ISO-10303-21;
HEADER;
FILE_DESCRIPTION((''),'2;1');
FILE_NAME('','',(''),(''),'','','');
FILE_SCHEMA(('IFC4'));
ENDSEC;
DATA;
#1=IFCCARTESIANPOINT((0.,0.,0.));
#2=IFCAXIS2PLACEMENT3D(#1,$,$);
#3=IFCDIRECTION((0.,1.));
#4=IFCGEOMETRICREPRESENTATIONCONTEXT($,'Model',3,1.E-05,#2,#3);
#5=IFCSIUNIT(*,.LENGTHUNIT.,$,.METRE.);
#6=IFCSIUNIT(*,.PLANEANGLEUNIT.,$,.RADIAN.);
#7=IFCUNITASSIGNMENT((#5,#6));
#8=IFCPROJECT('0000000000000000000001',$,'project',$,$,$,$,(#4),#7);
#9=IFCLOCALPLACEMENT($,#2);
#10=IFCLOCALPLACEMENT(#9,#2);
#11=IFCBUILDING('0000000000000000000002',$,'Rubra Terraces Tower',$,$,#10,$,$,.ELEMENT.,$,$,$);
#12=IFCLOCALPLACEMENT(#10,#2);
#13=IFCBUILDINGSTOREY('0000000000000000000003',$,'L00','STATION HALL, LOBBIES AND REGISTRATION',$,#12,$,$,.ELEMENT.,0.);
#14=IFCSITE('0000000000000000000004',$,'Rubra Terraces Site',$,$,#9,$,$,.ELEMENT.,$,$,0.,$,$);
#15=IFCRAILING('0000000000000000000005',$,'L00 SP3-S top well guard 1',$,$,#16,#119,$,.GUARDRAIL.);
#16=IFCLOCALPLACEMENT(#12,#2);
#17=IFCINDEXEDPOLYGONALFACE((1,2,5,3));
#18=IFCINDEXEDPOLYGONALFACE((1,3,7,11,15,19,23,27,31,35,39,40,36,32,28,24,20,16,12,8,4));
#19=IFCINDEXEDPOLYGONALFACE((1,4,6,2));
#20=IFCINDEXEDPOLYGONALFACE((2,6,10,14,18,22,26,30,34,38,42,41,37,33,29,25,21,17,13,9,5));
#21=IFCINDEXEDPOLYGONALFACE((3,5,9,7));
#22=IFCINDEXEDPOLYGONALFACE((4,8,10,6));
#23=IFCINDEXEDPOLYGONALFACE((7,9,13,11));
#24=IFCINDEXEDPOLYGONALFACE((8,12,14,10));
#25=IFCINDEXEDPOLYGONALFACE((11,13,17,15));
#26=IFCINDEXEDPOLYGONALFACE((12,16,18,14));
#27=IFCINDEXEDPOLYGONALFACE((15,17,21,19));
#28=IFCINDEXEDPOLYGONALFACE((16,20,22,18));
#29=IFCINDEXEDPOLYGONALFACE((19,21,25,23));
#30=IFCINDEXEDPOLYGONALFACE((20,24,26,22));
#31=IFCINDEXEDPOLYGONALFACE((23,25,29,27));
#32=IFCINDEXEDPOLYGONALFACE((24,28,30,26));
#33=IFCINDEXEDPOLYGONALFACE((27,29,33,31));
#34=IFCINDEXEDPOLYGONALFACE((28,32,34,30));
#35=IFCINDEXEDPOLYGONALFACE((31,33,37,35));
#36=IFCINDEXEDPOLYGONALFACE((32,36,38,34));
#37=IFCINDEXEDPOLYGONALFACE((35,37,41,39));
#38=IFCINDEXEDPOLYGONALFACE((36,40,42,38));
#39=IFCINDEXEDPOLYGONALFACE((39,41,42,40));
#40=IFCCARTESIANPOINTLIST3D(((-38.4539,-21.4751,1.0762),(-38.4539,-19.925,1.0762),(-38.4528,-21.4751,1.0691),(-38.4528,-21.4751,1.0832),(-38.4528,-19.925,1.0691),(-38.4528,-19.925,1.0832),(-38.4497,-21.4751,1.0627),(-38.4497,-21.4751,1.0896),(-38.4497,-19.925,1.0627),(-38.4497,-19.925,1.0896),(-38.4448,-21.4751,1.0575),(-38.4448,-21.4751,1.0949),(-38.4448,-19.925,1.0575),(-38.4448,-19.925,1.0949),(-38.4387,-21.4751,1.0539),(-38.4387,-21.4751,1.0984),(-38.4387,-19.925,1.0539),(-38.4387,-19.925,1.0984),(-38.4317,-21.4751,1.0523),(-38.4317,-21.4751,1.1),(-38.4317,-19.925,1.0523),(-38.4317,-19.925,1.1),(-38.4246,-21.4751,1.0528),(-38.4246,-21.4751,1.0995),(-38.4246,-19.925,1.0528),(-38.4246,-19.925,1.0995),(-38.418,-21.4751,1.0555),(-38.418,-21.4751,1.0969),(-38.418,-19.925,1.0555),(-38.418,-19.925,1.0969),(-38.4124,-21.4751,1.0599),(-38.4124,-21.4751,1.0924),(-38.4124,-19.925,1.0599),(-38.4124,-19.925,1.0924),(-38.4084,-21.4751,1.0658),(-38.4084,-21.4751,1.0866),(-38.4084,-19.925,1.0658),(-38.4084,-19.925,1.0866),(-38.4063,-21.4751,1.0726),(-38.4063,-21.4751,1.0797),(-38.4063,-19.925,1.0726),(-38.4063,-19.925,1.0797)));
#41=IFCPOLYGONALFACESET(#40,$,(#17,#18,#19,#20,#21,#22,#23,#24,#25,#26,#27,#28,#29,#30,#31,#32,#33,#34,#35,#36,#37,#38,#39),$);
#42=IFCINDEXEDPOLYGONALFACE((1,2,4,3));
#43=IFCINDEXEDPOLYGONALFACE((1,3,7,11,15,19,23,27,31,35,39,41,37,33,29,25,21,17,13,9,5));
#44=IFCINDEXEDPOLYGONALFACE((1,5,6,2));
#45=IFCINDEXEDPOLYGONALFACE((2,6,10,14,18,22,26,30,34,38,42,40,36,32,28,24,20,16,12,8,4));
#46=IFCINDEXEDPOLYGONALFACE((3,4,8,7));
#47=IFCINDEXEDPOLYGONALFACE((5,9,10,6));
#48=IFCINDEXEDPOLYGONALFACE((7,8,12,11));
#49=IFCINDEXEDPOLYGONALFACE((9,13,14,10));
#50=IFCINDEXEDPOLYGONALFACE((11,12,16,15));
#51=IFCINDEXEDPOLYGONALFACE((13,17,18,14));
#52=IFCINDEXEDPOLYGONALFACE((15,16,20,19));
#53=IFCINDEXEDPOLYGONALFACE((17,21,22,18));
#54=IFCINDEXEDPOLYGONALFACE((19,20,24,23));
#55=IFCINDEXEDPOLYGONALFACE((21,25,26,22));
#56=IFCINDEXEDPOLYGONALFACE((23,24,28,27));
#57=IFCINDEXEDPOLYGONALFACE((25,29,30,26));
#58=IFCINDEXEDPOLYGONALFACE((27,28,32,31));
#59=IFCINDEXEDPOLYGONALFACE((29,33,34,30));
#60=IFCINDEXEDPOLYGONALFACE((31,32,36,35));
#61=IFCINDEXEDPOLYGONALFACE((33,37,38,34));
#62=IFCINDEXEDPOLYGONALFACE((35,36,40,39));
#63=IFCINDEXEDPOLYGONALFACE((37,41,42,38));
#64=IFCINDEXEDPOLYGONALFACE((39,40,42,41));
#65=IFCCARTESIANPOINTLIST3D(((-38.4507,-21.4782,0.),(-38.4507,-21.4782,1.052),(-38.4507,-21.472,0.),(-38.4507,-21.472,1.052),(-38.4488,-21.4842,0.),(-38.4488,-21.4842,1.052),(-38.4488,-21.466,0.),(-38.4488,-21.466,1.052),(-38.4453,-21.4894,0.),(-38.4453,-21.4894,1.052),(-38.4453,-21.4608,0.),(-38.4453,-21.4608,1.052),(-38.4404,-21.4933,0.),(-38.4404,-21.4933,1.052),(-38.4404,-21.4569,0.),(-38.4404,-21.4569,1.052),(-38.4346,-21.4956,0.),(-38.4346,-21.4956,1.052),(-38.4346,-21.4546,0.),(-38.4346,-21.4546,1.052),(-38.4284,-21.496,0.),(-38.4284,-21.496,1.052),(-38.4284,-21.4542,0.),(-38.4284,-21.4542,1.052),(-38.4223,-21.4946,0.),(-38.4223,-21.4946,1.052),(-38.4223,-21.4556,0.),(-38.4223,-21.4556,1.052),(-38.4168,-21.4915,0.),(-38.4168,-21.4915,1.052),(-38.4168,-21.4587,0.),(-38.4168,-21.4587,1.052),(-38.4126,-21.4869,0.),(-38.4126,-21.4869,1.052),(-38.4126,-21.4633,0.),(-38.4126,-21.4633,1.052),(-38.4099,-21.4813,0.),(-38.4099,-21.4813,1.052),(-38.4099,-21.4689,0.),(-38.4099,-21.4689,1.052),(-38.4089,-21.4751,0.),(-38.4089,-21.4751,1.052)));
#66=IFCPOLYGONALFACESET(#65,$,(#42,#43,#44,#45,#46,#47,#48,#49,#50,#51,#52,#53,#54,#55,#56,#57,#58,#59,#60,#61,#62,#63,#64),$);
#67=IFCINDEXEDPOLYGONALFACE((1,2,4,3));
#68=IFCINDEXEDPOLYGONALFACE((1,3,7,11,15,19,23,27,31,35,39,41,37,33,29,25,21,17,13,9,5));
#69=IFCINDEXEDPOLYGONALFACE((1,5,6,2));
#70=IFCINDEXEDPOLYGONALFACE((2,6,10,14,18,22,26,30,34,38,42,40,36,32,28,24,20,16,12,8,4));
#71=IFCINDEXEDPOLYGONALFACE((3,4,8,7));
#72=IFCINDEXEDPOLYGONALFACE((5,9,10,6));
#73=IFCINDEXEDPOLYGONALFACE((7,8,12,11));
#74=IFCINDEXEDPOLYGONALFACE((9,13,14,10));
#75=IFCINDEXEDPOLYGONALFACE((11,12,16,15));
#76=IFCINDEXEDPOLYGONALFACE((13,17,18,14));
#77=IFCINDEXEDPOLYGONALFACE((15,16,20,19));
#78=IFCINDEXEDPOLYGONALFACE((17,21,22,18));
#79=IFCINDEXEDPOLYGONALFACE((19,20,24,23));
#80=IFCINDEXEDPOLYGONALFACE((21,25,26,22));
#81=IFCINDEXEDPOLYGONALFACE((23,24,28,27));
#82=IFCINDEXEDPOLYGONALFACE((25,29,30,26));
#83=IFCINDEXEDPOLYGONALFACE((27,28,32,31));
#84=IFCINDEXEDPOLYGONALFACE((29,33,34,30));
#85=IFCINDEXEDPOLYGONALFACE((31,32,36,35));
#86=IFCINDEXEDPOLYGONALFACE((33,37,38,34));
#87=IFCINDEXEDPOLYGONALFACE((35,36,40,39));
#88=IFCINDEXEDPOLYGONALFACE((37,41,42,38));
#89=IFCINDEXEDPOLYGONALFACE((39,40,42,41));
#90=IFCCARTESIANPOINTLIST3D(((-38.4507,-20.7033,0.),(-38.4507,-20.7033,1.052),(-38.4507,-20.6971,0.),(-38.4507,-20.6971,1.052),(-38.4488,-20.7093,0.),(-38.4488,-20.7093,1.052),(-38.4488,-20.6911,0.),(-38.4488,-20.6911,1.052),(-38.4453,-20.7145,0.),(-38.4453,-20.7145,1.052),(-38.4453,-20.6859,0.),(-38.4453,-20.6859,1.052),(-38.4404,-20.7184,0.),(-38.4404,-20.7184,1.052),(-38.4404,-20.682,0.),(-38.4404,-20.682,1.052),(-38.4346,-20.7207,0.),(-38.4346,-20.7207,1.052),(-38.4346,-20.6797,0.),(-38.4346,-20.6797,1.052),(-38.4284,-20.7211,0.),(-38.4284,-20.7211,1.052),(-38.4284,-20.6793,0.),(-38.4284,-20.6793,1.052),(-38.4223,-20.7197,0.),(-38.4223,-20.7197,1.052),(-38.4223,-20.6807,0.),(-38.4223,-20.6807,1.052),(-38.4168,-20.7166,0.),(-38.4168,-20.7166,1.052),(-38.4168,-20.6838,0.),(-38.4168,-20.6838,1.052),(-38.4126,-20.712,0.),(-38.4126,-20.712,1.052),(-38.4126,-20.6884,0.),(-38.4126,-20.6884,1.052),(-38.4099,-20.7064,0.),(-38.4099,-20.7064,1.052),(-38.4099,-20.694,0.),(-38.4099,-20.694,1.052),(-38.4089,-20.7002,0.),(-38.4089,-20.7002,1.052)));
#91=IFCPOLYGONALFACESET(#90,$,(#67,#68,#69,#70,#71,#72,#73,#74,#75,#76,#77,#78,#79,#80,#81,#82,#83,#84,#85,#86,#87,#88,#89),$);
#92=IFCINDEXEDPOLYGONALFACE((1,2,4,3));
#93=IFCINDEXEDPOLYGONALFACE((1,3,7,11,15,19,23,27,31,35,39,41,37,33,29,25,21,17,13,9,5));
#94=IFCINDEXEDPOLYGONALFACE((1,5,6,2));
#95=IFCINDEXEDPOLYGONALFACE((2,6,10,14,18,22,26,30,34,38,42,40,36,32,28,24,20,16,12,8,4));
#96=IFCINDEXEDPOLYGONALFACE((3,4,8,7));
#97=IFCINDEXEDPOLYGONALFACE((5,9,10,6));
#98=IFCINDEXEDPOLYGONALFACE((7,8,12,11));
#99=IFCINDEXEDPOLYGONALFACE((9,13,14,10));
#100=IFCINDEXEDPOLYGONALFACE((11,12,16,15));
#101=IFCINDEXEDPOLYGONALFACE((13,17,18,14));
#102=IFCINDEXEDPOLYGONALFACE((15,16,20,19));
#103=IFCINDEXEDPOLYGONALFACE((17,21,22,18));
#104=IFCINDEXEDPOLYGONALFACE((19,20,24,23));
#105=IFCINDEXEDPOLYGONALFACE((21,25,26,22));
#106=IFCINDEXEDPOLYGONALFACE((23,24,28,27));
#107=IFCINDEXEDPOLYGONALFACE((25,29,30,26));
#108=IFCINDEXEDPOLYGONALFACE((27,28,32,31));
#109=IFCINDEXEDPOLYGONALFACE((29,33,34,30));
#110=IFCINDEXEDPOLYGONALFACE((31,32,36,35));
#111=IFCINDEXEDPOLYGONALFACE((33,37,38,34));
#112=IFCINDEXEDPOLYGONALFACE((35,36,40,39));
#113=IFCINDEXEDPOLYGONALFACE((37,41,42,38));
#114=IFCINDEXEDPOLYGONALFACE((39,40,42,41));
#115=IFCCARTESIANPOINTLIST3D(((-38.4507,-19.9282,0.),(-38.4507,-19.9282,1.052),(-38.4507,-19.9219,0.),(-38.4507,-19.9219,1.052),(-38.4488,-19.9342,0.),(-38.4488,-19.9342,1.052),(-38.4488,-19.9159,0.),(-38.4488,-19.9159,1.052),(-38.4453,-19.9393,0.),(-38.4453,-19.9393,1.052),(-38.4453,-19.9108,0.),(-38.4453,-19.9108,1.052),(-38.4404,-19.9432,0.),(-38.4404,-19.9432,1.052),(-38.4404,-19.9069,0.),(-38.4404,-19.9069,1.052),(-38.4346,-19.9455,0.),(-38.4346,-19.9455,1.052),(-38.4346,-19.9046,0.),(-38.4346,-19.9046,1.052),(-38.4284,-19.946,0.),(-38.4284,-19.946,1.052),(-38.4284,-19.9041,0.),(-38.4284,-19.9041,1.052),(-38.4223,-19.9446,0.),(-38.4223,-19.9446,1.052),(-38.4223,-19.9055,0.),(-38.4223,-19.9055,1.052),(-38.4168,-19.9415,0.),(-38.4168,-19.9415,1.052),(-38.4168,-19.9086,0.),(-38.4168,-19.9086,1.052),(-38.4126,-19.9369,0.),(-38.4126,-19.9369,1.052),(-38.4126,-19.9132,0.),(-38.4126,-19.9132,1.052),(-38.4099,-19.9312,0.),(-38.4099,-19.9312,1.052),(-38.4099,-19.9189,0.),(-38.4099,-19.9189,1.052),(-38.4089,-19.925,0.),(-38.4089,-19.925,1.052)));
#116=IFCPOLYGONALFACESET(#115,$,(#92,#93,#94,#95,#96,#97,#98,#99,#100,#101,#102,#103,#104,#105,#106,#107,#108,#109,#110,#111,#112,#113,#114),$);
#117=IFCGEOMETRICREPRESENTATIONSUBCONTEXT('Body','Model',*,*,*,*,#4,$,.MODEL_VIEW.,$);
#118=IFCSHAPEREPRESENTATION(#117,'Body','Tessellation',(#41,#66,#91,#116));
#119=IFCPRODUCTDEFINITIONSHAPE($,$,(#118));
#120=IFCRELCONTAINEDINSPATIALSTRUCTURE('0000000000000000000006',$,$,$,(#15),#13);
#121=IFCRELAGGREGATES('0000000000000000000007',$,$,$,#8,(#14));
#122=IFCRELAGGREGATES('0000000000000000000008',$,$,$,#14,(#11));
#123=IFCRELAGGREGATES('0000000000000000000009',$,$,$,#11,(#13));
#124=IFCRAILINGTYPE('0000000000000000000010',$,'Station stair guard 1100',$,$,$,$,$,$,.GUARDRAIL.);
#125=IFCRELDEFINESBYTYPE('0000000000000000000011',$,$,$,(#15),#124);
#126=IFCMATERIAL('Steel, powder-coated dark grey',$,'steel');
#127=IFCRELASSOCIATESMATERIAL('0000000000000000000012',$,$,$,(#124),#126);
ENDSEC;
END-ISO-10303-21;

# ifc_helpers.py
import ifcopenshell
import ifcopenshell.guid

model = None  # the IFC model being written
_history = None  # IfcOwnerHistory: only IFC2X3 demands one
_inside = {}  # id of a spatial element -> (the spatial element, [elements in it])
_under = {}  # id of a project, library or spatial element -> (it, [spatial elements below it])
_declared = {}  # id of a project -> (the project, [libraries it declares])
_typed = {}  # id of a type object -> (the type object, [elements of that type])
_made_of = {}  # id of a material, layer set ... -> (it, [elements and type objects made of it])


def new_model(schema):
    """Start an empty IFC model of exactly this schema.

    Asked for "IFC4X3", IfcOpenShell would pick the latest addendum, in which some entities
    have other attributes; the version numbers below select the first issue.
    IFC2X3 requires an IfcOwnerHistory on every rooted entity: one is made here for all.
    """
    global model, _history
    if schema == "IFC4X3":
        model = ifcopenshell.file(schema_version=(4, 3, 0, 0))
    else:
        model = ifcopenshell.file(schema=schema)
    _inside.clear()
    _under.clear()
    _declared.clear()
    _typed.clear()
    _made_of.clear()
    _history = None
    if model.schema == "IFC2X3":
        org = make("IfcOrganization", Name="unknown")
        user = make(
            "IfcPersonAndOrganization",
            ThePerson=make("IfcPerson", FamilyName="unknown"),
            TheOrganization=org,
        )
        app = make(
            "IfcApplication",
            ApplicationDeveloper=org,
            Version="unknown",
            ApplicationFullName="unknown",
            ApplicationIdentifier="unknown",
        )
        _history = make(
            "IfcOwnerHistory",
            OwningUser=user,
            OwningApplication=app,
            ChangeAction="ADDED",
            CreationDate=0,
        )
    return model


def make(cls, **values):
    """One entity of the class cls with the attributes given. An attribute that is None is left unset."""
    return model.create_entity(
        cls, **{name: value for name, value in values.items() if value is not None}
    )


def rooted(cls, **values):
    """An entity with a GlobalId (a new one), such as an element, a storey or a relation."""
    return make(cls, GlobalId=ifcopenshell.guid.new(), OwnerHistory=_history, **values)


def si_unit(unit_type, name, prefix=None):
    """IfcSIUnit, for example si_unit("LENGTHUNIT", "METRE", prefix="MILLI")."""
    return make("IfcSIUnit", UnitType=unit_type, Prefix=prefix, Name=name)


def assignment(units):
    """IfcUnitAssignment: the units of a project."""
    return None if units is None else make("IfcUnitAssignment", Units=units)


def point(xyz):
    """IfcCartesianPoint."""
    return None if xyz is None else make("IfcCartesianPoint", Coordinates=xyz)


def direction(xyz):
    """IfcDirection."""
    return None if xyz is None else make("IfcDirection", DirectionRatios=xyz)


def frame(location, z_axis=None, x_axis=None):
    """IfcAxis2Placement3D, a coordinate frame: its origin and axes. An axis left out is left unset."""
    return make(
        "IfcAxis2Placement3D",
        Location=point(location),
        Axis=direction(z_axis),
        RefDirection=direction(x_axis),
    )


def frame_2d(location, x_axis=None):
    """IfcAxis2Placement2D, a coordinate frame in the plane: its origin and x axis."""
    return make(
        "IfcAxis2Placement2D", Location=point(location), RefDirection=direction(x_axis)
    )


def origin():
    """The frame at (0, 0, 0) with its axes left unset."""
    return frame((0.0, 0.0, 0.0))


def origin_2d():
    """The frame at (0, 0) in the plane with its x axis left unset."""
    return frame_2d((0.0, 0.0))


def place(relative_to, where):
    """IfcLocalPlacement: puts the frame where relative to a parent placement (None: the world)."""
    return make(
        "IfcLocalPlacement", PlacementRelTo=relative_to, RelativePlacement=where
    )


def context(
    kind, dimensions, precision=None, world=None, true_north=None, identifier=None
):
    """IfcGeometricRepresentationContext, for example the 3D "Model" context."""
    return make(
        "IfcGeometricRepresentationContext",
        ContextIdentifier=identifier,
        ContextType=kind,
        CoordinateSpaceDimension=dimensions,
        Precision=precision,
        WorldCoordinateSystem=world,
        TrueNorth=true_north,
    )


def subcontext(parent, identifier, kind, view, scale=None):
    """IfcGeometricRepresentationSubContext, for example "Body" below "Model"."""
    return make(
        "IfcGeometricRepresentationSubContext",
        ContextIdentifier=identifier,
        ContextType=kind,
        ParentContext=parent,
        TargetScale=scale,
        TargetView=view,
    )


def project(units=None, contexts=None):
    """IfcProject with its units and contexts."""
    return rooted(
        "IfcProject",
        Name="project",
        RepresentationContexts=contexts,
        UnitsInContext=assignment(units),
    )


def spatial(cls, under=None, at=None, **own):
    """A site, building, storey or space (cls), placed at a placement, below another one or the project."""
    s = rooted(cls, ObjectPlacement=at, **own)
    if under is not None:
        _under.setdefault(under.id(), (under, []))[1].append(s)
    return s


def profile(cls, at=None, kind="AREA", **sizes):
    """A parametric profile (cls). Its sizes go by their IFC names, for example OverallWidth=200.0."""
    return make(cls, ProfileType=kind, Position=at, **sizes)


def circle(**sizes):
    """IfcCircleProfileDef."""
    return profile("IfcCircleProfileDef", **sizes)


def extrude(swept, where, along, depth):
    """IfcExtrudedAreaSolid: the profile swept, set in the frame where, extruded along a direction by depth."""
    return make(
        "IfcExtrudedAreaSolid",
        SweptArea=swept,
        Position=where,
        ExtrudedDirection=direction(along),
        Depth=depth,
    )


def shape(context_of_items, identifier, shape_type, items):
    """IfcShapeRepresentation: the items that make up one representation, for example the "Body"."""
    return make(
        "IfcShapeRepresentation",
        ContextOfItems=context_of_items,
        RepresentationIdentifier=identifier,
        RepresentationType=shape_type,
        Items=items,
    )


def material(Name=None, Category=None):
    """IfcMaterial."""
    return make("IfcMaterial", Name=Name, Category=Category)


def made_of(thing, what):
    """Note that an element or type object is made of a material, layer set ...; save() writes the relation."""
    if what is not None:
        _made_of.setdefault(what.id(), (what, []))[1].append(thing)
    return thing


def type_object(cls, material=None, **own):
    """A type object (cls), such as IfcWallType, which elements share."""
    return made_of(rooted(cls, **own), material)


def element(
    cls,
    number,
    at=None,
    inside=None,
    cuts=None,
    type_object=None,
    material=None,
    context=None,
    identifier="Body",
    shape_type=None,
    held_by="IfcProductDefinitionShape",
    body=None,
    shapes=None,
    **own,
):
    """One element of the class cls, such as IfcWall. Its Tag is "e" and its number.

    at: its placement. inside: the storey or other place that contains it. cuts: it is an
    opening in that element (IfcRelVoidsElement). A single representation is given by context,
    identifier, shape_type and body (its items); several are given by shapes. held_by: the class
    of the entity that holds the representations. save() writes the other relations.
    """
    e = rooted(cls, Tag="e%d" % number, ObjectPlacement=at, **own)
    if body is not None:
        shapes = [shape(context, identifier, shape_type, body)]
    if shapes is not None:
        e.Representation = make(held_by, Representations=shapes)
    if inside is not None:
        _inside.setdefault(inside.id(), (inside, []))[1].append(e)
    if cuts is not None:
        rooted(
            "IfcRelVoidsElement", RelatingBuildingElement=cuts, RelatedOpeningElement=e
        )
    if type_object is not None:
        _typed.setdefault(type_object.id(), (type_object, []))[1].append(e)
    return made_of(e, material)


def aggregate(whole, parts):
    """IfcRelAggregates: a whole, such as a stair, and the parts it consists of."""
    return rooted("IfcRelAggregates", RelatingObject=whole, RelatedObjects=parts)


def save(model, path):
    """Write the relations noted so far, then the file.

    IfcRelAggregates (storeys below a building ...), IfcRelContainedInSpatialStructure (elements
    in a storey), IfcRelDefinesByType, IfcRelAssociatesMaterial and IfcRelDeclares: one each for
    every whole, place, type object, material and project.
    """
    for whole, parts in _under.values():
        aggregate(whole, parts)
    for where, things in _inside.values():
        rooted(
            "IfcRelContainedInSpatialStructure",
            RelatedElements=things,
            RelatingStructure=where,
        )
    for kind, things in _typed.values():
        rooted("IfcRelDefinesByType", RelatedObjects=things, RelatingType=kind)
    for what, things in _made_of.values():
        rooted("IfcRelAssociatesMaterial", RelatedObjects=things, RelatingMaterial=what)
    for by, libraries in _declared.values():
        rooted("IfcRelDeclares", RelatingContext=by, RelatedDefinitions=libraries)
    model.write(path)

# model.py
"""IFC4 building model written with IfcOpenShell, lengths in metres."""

from ifc_helpers import new_model, si_unit, direction, frame, origin, origin_2d, place, context, subcontext, project, spatial, circle, extrude, material, type_object, element, save


model = new_model("IFC4")

# Units and contexts
model_context = context("Model", 3, precision=1e-05, world=origin(), true_north=direction((0.0, 1.0)))
body_context = subcontext(model_context, "Body", "Model", "MODEL_VIEW")
ifc_project = project(units=[si_unit("LENGTHUNIT", "METRE"), si_unit("PLANEANGLEUNIT", "RADIAN")], contexts=[model_context])

# Site, building, storey
site_placement = place(None, origin())
site = spatial("IfcSite", under=ifc_project, at=site_placement, Name="Rubra Terraces Site", CompositionType="ELEMENT", RefElevation=0.0)
building_placement = place(site_placement, origin())
building = spatial("IfcBuilding", under=site, at=building_placement, Name="Rubra Terraces Tower", CompositionType="ELEMENT")
storey_placement = place(building_placement, origin())
storey = spatial("IfcBuildingStorey", under=building, at=storey_placement, Name="L00", Description="STATION HALL, LOBBIES AND REGISTRATION", CompositionType="ELEMENT", Elevation=0.0)

# Railing
ifc_material_1 = material(Name="Steel, powder-coated dark grey", Category="steel")
railing_type_1 = type_object("IfcRailingType", Name="Station stair guard 1100", PredefinedType="GUARDRAIL", material=ifc_material_1)
railing_1_placement = place(storey_placement, frame((-38.4299, -21.4751, 0.0)))
element("IfcRailing", 1, at=railing_1_placement, inside=storey, type_object=railing_type_1, Name="L00 SP3-S top well guard 1", PredefinedType="GUARDRAIL", context=body_context, shape_type="SweptSolid", body=[
    extrude(circle(Radius=0.0239, at=origin_2d()), frame((0.0, 0.0, 1.0762), z_axis=(0.0, 1.0, 0.0), x_axis=(-1.0, 0.0, 0.0)), (0.0, 0.0, 1.0), 1.55),
    extrude(circle(Radius=0.021, at=origin_2d()), origin(), (0.0, 0.0, 1.0), 1.052),
    extrude(circle(Radius=0.021, at=origin_2d()), frame((0.0, 0.7749, 0.0)), (0.0, 0.0, 1.0), 1.052),
    extrude(circle(Radius=0.021, at=origin_2d()), frame((0.0, 1.55, 0.0)), (0.0, 0.0, 1.0), 1.052),
])

save(model, "model.ifc")
